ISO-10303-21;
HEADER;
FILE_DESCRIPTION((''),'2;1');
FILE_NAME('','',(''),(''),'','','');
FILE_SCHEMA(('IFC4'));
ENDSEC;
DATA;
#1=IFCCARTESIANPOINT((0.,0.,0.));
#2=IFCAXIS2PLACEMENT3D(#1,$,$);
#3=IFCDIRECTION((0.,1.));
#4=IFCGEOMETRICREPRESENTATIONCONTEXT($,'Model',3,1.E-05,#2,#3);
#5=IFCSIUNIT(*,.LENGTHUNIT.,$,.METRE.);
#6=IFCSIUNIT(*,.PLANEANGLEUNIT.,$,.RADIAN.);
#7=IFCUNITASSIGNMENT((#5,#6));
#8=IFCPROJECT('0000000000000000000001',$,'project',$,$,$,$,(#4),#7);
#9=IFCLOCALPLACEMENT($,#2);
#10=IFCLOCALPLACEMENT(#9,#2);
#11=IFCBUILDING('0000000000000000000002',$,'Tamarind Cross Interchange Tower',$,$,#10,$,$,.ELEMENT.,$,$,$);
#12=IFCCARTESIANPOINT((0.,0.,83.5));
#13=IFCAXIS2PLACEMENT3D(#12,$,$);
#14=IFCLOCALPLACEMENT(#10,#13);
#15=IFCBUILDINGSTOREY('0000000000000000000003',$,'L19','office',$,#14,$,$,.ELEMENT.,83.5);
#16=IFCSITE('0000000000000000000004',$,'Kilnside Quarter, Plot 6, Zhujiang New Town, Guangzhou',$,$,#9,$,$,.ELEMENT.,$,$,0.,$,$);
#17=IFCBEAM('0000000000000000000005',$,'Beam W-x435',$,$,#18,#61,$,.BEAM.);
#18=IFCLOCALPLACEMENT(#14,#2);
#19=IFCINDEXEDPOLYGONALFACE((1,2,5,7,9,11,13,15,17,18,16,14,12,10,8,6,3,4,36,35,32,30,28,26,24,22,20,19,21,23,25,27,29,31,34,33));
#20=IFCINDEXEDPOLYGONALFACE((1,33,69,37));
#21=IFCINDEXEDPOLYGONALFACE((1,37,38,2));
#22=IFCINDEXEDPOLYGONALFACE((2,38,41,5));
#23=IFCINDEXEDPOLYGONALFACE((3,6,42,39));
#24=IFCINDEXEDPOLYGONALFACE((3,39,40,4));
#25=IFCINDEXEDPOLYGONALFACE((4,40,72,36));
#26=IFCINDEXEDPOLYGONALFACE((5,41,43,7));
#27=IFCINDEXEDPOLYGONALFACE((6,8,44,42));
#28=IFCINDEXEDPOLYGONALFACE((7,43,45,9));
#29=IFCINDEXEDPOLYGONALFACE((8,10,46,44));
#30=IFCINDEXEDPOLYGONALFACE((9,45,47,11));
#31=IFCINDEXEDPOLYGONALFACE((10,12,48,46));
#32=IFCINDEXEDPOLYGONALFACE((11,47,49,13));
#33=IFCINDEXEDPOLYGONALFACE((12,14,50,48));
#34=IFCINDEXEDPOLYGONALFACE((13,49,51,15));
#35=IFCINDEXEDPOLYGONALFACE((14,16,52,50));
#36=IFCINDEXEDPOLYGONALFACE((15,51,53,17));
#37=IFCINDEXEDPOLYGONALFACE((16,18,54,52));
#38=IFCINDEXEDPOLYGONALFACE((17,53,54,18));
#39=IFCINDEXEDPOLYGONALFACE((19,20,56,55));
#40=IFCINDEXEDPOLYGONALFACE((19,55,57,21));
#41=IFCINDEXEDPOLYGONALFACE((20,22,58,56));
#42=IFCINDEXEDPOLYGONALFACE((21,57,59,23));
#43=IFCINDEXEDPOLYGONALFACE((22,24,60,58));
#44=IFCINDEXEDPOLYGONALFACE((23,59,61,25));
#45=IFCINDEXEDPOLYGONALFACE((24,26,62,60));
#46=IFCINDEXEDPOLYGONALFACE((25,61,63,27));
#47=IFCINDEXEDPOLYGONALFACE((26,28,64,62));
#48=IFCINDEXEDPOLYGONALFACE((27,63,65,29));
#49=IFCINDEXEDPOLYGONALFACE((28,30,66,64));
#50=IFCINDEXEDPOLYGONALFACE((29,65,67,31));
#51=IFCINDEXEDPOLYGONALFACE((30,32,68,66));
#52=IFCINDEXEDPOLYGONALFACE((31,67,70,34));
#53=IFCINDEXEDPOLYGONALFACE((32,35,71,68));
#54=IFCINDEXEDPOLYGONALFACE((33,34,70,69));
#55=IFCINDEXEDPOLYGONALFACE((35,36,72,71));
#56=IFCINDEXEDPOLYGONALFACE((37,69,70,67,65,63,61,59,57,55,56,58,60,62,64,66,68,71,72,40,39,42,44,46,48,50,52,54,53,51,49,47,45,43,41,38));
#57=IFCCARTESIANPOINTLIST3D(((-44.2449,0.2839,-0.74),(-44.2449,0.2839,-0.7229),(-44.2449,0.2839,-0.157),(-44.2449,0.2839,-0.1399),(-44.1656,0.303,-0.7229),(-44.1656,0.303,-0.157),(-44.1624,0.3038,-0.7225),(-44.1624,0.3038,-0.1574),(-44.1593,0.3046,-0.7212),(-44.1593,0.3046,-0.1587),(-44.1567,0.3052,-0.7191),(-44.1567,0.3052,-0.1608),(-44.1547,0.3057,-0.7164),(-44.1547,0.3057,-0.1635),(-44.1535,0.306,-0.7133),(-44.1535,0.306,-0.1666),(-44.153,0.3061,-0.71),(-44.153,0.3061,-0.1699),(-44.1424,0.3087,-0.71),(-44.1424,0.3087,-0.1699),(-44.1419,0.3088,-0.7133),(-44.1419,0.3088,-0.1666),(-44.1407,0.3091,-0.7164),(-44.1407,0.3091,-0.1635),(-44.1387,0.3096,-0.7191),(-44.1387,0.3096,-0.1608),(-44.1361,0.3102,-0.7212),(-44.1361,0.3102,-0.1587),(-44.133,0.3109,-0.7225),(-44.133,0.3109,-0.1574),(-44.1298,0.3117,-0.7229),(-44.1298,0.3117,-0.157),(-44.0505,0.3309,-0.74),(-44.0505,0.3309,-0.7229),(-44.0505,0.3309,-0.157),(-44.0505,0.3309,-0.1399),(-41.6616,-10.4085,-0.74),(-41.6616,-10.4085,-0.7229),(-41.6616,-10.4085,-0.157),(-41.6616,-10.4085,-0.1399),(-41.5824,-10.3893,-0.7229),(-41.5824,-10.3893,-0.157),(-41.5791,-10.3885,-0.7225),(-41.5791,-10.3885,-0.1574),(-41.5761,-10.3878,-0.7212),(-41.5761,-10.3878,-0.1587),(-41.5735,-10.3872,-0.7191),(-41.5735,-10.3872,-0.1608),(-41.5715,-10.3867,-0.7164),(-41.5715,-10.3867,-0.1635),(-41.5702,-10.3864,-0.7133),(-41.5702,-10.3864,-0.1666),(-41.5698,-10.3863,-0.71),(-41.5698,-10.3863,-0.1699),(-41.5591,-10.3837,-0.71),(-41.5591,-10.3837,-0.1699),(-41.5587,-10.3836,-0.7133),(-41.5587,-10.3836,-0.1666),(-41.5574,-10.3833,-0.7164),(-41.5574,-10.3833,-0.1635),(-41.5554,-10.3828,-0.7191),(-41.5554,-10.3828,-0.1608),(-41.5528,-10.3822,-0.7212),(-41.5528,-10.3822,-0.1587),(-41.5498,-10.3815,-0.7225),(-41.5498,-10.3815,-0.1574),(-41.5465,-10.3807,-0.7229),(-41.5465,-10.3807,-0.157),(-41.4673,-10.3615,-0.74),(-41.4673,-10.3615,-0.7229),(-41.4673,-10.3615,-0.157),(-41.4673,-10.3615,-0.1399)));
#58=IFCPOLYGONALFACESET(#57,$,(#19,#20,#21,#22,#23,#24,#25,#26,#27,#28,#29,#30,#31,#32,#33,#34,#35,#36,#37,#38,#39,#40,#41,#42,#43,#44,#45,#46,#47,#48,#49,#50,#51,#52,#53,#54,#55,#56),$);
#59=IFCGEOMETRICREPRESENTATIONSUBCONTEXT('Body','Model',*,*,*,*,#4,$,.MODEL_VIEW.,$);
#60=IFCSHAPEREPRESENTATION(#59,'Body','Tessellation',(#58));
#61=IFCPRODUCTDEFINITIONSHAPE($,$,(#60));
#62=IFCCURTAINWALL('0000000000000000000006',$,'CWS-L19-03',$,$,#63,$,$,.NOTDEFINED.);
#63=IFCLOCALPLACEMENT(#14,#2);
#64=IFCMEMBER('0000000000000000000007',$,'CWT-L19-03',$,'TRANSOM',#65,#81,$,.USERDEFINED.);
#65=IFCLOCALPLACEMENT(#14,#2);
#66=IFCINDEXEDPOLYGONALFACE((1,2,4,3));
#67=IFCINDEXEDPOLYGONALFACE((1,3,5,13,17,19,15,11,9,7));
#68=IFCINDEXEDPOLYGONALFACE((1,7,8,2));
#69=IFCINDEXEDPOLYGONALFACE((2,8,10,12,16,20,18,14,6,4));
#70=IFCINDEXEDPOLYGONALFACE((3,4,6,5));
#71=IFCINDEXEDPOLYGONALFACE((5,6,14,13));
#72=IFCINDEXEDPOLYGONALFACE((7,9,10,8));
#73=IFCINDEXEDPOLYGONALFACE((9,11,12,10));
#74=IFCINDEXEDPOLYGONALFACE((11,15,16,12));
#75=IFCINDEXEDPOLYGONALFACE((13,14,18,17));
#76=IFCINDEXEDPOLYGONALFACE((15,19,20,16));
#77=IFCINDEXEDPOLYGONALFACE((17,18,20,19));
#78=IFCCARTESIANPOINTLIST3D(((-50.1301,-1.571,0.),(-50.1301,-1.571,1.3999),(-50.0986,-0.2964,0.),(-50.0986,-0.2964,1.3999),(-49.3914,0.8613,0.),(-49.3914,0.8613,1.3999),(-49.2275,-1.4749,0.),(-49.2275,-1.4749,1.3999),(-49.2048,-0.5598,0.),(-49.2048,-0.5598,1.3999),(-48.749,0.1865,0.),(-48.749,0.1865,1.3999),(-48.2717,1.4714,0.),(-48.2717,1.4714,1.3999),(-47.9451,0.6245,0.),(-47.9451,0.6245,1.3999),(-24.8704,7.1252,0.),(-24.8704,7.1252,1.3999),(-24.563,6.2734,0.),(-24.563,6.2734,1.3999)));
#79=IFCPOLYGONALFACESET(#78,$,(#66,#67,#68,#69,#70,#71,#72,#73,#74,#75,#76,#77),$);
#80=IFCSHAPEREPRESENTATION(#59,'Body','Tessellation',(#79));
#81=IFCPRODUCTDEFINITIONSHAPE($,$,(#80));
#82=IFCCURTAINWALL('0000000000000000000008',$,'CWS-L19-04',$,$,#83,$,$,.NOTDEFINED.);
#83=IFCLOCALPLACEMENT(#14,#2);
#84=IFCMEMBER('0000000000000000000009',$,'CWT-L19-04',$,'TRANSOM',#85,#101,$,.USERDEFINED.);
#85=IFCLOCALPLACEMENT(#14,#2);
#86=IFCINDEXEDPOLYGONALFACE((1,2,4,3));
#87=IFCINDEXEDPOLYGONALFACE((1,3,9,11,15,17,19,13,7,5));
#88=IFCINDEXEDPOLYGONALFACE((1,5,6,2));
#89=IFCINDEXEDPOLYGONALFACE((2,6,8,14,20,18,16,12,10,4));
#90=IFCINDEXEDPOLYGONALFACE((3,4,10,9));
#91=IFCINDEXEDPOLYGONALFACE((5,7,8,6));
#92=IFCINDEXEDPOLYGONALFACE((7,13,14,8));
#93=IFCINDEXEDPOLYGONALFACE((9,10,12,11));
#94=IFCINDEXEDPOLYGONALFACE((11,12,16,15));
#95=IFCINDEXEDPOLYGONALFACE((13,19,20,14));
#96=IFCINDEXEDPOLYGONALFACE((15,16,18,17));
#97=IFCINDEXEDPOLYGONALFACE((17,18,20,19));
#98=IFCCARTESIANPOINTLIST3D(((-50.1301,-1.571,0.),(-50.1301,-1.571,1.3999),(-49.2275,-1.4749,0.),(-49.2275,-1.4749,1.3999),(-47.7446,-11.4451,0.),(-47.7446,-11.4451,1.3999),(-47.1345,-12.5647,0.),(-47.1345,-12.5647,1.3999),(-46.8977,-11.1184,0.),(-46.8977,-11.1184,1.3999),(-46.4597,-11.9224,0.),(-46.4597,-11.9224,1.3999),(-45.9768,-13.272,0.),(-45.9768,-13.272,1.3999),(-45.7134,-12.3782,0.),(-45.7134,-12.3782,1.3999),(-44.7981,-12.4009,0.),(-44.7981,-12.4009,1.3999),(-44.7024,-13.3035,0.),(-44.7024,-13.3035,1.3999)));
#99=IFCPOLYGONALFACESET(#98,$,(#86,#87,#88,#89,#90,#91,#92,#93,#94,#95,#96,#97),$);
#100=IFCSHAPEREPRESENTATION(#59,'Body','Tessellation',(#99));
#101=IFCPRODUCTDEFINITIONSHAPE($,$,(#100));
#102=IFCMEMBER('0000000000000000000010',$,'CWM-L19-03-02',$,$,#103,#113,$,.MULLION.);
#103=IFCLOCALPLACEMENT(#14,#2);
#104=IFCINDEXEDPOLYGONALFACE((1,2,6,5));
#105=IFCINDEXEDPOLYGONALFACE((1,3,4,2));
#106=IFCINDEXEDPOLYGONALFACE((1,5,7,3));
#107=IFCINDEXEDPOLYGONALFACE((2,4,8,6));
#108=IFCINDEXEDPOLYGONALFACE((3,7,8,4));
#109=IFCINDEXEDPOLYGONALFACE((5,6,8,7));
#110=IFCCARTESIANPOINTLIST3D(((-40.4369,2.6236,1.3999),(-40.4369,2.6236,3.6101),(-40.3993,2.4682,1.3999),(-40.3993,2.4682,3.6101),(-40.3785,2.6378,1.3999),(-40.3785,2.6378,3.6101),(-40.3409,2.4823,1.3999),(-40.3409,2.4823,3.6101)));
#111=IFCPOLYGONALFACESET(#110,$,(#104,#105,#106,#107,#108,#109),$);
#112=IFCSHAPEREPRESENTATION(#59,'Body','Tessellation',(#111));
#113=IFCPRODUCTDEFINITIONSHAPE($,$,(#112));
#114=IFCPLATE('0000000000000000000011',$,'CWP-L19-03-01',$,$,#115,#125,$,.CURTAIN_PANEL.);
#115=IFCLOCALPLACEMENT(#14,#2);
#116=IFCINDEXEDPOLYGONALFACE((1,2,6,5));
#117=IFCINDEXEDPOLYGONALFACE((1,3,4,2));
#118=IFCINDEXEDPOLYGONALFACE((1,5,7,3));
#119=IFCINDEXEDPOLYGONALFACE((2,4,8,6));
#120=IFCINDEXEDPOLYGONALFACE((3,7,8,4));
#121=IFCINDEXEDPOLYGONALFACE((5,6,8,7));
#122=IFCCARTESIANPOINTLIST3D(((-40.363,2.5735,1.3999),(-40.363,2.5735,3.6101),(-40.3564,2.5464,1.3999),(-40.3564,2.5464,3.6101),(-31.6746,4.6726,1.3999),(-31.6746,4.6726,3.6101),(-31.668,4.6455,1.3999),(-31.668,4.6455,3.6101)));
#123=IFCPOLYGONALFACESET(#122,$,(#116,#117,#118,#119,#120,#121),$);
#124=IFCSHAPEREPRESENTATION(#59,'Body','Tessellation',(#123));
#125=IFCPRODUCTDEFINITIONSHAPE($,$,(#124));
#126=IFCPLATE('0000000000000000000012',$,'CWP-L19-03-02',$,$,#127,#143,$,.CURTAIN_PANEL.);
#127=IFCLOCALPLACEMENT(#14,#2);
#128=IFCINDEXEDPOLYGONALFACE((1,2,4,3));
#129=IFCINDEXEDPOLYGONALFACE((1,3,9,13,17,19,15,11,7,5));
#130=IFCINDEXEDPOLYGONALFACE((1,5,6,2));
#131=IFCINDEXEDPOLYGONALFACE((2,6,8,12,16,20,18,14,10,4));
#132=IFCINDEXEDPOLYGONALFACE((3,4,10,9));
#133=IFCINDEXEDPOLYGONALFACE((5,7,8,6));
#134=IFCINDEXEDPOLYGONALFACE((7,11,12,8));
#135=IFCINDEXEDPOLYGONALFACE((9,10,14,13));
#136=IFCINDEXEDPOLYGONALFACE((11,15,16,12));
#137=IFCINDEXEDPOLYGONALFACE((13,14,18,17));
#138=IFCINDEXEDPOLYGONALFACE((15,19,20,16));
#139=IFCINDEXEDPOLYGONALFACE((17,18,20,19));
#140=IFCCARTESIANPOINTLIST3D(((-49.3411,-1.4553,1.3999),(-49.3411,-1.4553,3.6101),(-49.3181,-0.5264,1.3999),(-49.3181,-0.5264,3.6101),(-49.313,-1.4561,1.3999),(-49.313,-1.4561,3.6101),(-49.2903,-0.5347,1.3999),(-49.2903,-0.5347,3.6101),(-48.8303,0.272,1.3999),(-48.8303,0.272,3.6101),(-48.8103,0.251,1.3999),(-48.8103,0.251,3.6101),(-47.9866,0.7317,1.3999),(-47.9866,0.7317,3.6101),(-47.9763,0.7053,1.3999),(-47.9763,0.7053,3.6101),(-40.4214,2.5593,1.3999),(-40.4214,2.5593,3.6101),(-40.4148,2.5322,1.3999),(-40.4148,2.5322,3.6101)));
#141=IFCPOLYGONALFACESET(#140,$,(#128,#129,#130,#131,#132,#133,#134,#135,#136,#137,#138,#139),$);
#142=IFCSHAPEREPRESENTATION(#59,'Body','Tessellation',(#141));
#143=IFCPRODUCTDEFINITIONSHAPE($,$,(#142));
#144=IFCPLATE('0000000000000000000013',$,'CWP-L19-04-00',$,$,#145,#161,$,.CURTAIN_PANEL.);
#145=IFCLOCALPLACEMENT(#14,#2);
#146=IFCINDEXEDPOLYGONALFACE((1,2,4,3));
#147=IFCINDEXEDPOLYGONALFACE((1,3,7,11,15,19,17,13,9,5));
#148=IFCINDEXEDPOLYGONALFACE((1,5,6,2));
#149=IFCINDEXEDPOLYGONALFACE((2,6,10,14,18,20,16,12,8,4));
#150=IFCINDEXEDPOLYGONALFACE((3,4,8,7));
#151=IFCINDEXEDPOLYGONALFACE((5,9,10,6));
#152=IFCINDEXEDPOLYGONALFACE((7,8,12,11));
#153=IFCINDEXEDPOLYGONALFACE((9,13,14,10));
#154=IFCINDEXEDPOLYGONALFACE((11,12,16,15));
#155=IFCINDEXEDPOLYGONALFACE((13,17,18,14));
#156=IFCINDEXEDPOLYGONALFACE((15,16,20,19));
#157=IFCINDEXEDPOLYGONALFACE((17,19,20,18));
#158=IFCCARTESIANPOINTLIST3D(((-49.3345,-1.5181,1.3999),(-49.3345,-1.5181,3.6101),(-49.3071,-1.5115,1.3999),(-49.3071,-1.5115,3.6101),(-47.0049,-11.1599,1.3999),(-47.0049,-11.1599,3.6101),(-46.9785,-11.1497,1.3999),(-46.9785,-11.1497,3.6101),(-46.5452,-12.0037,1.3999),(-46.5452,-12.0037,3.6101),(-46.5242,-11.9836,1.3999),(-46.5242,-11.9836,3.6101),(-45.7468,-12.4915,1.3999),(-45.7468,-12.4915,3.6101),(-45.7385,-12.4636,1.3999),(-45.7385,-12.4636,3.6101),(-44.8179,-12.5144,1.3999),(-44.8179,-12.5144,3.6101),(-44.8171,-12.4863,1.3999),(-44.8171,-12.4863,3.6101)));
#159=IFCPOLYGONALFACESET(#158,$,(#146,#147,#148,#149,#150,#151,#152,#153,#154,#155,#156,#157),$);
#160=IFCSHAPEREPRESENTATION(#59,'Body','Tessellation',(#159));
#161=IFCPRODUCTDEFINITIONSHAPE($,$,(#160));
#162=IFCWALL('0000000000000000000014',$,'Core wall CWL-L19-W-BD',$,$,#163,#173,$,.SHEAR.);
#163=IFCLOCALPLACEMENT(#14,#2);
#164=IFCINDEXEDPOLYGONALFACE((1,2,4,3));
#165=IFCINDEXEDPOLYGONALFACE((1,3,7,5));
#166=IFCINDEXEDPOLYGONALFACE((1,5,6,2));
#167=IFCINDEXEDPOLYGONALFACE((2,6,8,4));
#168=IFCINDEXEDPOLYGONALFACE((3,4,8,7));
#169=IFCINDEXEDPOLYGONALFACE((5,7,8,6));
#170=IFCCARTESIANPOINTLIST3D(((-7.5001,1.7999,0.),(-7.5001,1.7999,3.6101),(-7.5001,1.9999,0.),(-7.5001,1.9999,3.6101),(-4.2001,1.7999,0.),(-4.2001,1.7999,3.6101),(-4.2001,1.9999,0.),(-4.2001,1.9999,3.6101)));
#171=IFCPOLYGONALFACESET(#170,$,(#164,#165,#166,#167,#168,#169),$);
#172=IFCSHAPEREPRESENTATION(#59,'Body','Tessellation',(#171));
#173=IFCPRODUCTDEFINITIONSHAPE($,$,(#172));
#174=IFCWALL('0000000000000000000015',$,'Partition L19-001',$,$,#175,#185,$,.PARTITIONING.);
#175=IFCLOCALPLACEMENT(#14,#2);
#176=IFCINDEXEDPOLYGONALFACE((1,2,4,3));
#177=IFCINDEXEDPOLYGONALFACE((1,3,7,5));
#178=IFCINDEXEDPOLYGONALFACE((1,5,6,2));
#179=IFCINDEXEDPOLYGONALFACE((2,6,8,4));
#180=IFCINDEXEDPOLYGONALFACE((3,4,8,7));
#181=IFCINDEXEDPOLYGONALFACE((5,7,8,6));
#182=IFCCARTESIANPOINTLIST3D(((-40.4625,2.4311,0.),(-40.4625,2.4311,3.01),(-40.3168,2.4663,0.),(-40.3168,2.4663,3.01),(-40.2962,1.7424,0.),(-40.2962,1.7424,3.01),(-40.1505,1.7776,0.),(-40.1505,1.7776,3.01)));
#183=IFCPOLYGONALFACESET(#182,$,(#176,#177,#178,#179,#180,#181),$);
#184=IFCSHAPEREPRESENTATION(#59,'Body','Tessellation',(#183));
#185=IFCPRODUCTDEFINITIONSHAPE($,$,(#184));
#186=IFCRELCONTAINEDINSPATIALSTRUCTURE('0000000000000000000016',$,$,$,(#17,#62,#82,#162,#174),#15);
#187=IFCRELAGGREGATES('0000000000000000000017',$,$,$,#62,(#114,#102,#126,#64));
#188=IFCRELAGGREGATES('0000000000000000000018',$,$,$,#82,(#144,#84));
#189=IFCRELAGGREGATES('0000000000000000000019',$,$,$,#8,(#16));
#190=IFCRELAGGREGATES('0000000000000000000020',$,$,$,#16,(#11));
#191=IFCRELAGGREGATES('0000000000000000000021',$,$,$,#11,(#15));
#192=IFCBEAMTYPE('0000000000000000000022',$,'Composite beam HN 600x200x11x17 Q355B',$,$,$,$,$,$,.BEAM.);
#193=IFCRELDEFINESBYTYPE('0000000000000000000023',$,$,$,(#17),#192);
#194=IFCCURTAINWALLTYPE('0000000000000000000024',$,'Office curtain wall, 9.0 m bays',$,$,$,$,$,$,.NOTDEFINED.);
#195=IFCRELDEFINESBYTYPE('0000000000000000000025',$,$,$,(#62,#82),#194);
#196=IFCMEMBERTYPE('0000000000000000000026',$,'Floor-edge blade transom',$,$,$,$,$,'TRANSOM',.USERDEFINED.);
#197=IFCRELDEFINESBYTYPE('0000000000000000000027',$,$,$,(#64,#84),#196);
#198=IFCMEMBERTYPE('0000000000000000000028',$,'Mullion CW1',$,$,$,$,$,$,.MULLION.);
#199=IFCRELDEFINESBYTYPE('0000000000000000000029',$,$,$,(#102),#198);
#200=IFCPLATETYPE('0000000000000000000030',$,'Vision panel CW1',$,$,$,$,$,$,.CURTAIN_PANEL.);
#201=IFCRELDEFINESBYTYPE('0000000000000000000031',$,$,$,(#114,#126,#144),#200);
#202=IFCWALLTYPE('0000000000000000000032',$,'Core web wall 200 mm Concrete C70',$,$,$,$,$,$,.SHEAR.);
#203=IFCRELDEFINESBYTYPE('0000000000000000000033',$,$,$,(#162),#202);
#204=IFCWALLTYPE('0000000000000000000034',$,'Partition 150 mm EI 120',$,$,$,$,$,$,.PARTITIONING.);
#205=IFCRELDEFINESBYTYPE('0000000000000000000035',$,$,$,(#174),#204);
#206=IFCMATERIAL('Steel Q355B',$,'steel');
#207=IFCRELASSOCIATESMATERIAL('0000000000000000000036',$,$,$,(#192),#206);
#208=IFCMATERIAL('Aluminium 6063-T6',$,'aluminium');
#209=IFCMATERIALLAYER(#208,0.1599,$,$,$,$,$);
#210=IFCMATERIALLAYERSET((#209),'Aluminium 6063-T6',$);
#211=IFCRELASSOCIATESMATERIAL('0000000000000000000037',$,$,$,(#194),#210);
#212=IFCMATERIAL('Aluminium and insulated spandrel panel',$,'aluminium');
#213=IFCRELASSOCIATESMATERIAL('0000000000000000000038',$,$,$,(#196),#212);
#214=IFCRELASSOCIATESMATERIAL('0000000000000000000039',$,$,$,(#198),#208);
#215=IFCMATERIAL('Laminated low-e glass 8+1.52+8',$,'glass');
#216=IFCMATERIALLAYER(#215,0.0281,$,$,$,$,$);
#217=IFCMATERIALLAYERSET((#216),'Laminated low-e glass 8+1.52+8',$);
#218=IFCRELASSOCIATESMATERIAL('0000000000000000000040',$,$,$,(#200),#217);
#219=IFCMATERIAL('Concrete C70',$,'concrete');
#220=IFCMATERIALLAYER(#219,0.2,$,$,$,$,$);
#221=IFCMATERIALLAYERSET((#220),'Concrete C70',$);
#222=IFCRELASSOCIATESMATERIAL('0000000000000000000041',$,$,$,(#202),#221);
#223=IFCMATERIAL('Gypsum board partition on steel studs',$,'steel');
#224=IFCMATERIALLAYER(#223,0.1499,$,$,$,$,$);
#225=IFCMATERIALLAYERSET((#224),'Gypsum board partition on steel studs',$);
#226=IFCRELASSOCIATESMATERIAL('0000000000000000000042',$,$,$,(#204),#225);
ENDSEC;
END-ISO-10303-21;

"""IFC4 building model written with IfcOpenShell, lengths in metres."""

from ifc_helpers import new_model, si_unit, direction, frame, frame_2d, origin, origin_2d, place, context, subcontext, project, spatial, polyline, rectangle, i_section, outline, extrude, material, layer, layer_set, material_profile, profile_set, type_object, element, aggregate, save


model = new_model("IFC4")

# Units and contexts
model_context = context("Model", 3, precision=1e-05, world=origin(), true_north=direction((0.0, 1.0)))
body_context = subcontext(model_context, "Body", "Model", "MODEL_VIEW")
ifc_project = project(units=[si_unit("LENGTHUNIT", "METRE"), si_unit("PLANEANGLEUNIT", "RADIAN")], contexts=[model_context])

# Site, building, storey
site_placement = place(None, origin())
site = spatial("IfcSite", under=ifc_project, at=site_placement, Name="Kilnside Quarter, Plot 6, Zhujiang New Town, Guangzhou", CompositionType="ELEMENT", RefElevation=0.0)
building_placement = place(site_placement, origin())
building = spatial("IfcBuilding", under=site, at=building_placement, Name="Tamarind Cross Interchange Tower", CompositionType="ELEMENT")
storey_placement = place(building_placement, frame((0.0, 0.0, 83.5)))
storey = spatial("IfcBuildingStorey", under=building, at=storey_placement, Name="L19", Description="office", CompositionType="ELEMENT", Elevation=83.5)

# Beam
ifc_material_1 = material(Name="Steel Q355B", Category="steel")
ifc_material_profile_1 = material_profile(ifc_material_1, i_section(OverallWidth=0.2, OverallDepth=0.6001, WebThickness=0.011, FlangeThickness=0.0171, FilletRadius=0.0129, at=origin_2d()), Name="HN 600x200x11x17")
ifc_profile_set_1 = profile_set([ifc_material_profile_1], Name="Steel Q355B")
beam_type_1 = type_object("IfcBeamType", Name="Composite beam HN 600x200x11x17 Q355B", PredefinedType="BEAM", material=ifc_profile_set_1)
beam_1_placement = place(storey_placement, frame((-44.1477, 0.3074, -0.4399), z_axis=(0.234841, -0.972034, 0.0), x_axis=(0.972034, 0.234841, 0.0)))
element("IfcBeam", 1, at=beam_1_placement, inside=storey, type_object=beam_type_1, Name="Beam W-x435", PredefinedType="BEAM", context=body_context, shape_type="SweptSolid", body=[
    extrude(i_section(OverallWidth=0.2, OverallDepth=0.6001, WebThickness=0.011, FlangeThickness=0.0171, FilletRadius=0.0129, at=origin_2d()), origin(), (0.0, 0.0, 1.0), 11.0),
])

# Curtain walls, members
ifc_material_2 = material(Name="Aluminium 6063-T6", Category="aluminium")
ifc_layer_1 = layer(ifc_material_2, 0.1599)
ifc_layer_set_1 = layer_set([ifc_layer_1], Name="Aluminium 6063-T6")
curtain_wall_type = type_object("IfcCurtainWallType", Name="Office curtain wall, 9.0 m bays", PredefinedType="NOTDEFINED", material=ifc_layer_set_1)
curtain_wall_1_placement = place(storey_placement, origin())
curtain_wall_1 = element("IfcCurtainWall", 2, at=curtain_wall_1_placement, inside=storey, type_object=curtain_wall_type, Name="CWS-L19-03", PredefinedType="NOTDEFINED")
ifc_material_3 = material(Name="Aluminium and insulated spandrel panel", Category="aluminium")
member_type_1 = type_object("IfcMemberType", Name="Floor-edge blade transom", ElementType="TRANSOM", PredefinedType="USERDEFINED", material=ifc_material_3)
member_1_placement = place(storey_placement, origin())
member_1 = element("IfcMember", 3, at=member_1_placement, type_object=member_type_1, Name="CWT-L19-03", ObjectType="TRANSOM", PredefinedType="USERDEFINED", context=body_context, shape_type="SweptSolid", body=[
    extrude(outline(polyline([(-24.563, 6.2734), (-47.9451, 0.6245), (-48.749, 0.1865), (-49.2048, -0.5598), (-49.2275, -1.4749), (-50.1301, -1.571), (-50.0986, -0.2964), (-49.3914, 0.8613), (-48.2717, 1.4714), (-24.8704, 7.1252), (-24.563, 6.2734)])), origin(), (0.0, 0.0, 1.0), 1.3999),
])
curtain_wall_2_placement = place(storey_placement, origin())
curtain_wall_2 = element("IfcCurtainWall", 4, at=curtain_wall_2_placement, inside=storey, type_object=curtain_wall_type, Name="CWS-L19-04", PredefinedType="NOTDEFINED")
member_2_placement = place(storey_placement, origin())
member_2 = element("IfcMember", 5, at=member_2_placement, type_object=member_type_1, Name="CWT-L19-04", ObjectType="TRANSOM", PredefinedType="USERDEFINED", context=body_context, shape_type="SweptSolid", body=[
    extrude(outline(polyline([(-49.2275, -1.4749), (-46.8977, -11.1184), (-46.4597, -11.9224), (-45.7134, -12.3782), (-44.7981, -12.4009), (-44.7024, -13.3035), (-45.9768, -13.272), (-47.1345, -12.5647), (-47.7446, -11.4451), (-50.1301, -1.571), (-49.2275, -1.4749)])), origin(), (0.0, 0.0, 1.0), 1.3999),
])

# Member
ifc_material_profile_2 = material_profile(ifc_material_2, rectangle(XDim=0.0601, YDim=0.1599, at=origin_2d()), Name="Mullion CW1")
ifc_profile_set_2 = profile_set([ifc_material_profile_2], Name="Aluminium 6063-T6")
member_type_2 = type_object("IfcMemberType", Name="Mullion CW1", PredefinedType="MULLION", material=ifc_profile_set_2)
member_3_placement = place(storey_placement, frame((-40.3889, 2.553, 1.3999), z_axis=(0.0, 0.0, 1.0), x_axis=(-0.972033, -0.234844, 0.0)))
member_3 = element("IfcMember", 6, at=member_3_placement, type_object=member_type_2, Name="CWM-L19-03-02", PredefinedType="MULLION", context=body_context, shape_type="SweptSolid", body=[
    extrude(rectangle(XDim=0.0601, YDim=0.1599, at=origin_2d()), origin(), (0.0, 0.0, 1.0), 2.2102),
])

# Plates
ifc_material_4 = material(Name="Laminated low-e glass 8+1.52+8", Category="glass")
ifc_layer_2 = layer(ifc_material_4, 0.0281)
ifc_layer_set_2 = layer_set([ifc_layer_2], Name="Laminated low-e glass 8+1.52+8")
plate_type = type_object("IfcPlateType", Name="Vision panel CW1", PredefinedType="CURTAIN_PANEL", material=ifc_layer_set_2)
plate_1_placement = place(storey_placement, frame((0.0, 0.0, 1.3999)))
plate_1 = element("IfcPlate", 7, at=plate_1_placement, type_object=plate_type, Name="CWP-L19-03-01", PredefinedType="CURTAIN_PANEL", context=body_context, shape_type="SweptSolid", body=[
    extrude(outline(polyline([(-31.668, 4.6455), (-40.3564, 2.5464), (-40.363, 2.5735), (-31.6746, 4.6726), (-31.668, 4.6455)])), origin(), (0.0, 0.0, 1.0), 2.2102),
])
plate_2_placement = place(storey_placement, frame((0.0, 0.0, 1.3999)))
plate_2 = element("IfcPlate", 8, at=plate_2_placement, type_object=plate_type, Name="CWP-L19-03-02", PredefinedType="CURTAIN_PANEL", context=body_context, shape_type="SweptSolid", body=[
    extrude(outline(polyline([(-40.4148, 2.5322), (-47.9763, 0.7053), (-48.8103, 0.251), (-49.2903, -0.5347), (-49.313, -1.4561), (-49.3411, -1.4553), (-49.3181, -0.5264), (-48.8303, 0.272), (-47.9866, 0.7317), (-40.4214, 2.5593), (-40.4148, 2.5322)])), origin(), (0.0, 0.0, 1.0), 2.2102),
])
aggregate(curtain_wall_1, [plate_1, member_3, plate_2, member_1])
plate_3_placement = place(storey_placement, frame((0.0, 0.0, 1.3999)))
plate_3 = element("IfcPlate", 9, at=plate_3_placement, type_object=plate_type, Name="CWP-L19-04-00", PredefinedType="CURTAIN_PANEL", context=body_context, shape_type="SweptSolid", body=[
    extrude(outline(polyline([(-49.3071, -1.5115), (-46.9785, -11.1497), (-46.5242, -11.9836), (-45.7385, -12.4636), (-44.8171, -12.4863), (-44.8179, -12.5144), (-45.7468, -12.4915), (-46.5452, -12.0037), (-47.0049, -11.1599), (-49.3345, -1.5181), (-49.3071, -1.5115)])), origin(), (0.0, 0.0, 1.0), 2.2102),
])
aggregate(curtain_wall_2, [plate_3, member_2])

# Walls
ifc_material_5 = material(Name="Concrete C70", Category="concrete")
ifc_layer_3 = layer(ifc_material_5, 0.2)
ifc_layer_set_3 = layer_set([ifc_layer_3], Name="Concrete C70")
wall_type_1 = type_object("IfcWallType", Name="Core web wall 200 mm Concrete C70", PredefinedType="SHEAR", material=ifc_layer_set_3)
wall_1_placement = place(storey_placement, frame((-7.5, 1.8999, 0.0), z_axis=(0.0, 0.0, 1.0), x_axis=(1.0, 0.0, 0.0)))
element("IfcWall", 10, at=wall_1_placement, inside=storey, type_object=wall_type_1, Name="Core wall CWL-L19-W-BD", PredefinedType="SHEAR", context=body_context, shape_type="SweptSolid", body=[
    extrude(rectangle(XDim=3.3, YDim=0.2, at=frame_2d((1.6499, 0.0))), origin(), (0.0, 0.0, 1.0), 3.6101),
])
ifc_material_6 = material(Name="Gypsum board partition on steel studs", Category="steel")
ifc_layer_4 = layer(ifc_material_6, 0.1499)
ifc_layer_set_4 = layer_set([ifc_layer_4], Name="Gypsum board partition on steel studs")
wall_type_2 = type_object("IfcWallType", Name="Partition 150 mm EI 120", PredefinedType="PARTITIONING", material=ifc_layer_set_4)
wall_2_placement = place(storey_placement, frame((-40.3896, 2.4487, 0.0), z_axis=(0.0, 0.0, 1.0), x_axis=(0.234663, -0.972077, 0.0)))
element("IfcWall", 11, at=wall_2_placement, inside=storey, type_object=wall_type_2, Name="Partition L19-001", PredefinedType="PARTITIONING", context=body_context, shape_type="SweptSolid", body=[
    extrude(rectangle(XDim=0.7085, YDim=0.1499, at=frame_2d((0.3542, 0.0))), origin(), (0.0, 0.0, 1.0), 3.01),
])

save(model, "model.ifc")
